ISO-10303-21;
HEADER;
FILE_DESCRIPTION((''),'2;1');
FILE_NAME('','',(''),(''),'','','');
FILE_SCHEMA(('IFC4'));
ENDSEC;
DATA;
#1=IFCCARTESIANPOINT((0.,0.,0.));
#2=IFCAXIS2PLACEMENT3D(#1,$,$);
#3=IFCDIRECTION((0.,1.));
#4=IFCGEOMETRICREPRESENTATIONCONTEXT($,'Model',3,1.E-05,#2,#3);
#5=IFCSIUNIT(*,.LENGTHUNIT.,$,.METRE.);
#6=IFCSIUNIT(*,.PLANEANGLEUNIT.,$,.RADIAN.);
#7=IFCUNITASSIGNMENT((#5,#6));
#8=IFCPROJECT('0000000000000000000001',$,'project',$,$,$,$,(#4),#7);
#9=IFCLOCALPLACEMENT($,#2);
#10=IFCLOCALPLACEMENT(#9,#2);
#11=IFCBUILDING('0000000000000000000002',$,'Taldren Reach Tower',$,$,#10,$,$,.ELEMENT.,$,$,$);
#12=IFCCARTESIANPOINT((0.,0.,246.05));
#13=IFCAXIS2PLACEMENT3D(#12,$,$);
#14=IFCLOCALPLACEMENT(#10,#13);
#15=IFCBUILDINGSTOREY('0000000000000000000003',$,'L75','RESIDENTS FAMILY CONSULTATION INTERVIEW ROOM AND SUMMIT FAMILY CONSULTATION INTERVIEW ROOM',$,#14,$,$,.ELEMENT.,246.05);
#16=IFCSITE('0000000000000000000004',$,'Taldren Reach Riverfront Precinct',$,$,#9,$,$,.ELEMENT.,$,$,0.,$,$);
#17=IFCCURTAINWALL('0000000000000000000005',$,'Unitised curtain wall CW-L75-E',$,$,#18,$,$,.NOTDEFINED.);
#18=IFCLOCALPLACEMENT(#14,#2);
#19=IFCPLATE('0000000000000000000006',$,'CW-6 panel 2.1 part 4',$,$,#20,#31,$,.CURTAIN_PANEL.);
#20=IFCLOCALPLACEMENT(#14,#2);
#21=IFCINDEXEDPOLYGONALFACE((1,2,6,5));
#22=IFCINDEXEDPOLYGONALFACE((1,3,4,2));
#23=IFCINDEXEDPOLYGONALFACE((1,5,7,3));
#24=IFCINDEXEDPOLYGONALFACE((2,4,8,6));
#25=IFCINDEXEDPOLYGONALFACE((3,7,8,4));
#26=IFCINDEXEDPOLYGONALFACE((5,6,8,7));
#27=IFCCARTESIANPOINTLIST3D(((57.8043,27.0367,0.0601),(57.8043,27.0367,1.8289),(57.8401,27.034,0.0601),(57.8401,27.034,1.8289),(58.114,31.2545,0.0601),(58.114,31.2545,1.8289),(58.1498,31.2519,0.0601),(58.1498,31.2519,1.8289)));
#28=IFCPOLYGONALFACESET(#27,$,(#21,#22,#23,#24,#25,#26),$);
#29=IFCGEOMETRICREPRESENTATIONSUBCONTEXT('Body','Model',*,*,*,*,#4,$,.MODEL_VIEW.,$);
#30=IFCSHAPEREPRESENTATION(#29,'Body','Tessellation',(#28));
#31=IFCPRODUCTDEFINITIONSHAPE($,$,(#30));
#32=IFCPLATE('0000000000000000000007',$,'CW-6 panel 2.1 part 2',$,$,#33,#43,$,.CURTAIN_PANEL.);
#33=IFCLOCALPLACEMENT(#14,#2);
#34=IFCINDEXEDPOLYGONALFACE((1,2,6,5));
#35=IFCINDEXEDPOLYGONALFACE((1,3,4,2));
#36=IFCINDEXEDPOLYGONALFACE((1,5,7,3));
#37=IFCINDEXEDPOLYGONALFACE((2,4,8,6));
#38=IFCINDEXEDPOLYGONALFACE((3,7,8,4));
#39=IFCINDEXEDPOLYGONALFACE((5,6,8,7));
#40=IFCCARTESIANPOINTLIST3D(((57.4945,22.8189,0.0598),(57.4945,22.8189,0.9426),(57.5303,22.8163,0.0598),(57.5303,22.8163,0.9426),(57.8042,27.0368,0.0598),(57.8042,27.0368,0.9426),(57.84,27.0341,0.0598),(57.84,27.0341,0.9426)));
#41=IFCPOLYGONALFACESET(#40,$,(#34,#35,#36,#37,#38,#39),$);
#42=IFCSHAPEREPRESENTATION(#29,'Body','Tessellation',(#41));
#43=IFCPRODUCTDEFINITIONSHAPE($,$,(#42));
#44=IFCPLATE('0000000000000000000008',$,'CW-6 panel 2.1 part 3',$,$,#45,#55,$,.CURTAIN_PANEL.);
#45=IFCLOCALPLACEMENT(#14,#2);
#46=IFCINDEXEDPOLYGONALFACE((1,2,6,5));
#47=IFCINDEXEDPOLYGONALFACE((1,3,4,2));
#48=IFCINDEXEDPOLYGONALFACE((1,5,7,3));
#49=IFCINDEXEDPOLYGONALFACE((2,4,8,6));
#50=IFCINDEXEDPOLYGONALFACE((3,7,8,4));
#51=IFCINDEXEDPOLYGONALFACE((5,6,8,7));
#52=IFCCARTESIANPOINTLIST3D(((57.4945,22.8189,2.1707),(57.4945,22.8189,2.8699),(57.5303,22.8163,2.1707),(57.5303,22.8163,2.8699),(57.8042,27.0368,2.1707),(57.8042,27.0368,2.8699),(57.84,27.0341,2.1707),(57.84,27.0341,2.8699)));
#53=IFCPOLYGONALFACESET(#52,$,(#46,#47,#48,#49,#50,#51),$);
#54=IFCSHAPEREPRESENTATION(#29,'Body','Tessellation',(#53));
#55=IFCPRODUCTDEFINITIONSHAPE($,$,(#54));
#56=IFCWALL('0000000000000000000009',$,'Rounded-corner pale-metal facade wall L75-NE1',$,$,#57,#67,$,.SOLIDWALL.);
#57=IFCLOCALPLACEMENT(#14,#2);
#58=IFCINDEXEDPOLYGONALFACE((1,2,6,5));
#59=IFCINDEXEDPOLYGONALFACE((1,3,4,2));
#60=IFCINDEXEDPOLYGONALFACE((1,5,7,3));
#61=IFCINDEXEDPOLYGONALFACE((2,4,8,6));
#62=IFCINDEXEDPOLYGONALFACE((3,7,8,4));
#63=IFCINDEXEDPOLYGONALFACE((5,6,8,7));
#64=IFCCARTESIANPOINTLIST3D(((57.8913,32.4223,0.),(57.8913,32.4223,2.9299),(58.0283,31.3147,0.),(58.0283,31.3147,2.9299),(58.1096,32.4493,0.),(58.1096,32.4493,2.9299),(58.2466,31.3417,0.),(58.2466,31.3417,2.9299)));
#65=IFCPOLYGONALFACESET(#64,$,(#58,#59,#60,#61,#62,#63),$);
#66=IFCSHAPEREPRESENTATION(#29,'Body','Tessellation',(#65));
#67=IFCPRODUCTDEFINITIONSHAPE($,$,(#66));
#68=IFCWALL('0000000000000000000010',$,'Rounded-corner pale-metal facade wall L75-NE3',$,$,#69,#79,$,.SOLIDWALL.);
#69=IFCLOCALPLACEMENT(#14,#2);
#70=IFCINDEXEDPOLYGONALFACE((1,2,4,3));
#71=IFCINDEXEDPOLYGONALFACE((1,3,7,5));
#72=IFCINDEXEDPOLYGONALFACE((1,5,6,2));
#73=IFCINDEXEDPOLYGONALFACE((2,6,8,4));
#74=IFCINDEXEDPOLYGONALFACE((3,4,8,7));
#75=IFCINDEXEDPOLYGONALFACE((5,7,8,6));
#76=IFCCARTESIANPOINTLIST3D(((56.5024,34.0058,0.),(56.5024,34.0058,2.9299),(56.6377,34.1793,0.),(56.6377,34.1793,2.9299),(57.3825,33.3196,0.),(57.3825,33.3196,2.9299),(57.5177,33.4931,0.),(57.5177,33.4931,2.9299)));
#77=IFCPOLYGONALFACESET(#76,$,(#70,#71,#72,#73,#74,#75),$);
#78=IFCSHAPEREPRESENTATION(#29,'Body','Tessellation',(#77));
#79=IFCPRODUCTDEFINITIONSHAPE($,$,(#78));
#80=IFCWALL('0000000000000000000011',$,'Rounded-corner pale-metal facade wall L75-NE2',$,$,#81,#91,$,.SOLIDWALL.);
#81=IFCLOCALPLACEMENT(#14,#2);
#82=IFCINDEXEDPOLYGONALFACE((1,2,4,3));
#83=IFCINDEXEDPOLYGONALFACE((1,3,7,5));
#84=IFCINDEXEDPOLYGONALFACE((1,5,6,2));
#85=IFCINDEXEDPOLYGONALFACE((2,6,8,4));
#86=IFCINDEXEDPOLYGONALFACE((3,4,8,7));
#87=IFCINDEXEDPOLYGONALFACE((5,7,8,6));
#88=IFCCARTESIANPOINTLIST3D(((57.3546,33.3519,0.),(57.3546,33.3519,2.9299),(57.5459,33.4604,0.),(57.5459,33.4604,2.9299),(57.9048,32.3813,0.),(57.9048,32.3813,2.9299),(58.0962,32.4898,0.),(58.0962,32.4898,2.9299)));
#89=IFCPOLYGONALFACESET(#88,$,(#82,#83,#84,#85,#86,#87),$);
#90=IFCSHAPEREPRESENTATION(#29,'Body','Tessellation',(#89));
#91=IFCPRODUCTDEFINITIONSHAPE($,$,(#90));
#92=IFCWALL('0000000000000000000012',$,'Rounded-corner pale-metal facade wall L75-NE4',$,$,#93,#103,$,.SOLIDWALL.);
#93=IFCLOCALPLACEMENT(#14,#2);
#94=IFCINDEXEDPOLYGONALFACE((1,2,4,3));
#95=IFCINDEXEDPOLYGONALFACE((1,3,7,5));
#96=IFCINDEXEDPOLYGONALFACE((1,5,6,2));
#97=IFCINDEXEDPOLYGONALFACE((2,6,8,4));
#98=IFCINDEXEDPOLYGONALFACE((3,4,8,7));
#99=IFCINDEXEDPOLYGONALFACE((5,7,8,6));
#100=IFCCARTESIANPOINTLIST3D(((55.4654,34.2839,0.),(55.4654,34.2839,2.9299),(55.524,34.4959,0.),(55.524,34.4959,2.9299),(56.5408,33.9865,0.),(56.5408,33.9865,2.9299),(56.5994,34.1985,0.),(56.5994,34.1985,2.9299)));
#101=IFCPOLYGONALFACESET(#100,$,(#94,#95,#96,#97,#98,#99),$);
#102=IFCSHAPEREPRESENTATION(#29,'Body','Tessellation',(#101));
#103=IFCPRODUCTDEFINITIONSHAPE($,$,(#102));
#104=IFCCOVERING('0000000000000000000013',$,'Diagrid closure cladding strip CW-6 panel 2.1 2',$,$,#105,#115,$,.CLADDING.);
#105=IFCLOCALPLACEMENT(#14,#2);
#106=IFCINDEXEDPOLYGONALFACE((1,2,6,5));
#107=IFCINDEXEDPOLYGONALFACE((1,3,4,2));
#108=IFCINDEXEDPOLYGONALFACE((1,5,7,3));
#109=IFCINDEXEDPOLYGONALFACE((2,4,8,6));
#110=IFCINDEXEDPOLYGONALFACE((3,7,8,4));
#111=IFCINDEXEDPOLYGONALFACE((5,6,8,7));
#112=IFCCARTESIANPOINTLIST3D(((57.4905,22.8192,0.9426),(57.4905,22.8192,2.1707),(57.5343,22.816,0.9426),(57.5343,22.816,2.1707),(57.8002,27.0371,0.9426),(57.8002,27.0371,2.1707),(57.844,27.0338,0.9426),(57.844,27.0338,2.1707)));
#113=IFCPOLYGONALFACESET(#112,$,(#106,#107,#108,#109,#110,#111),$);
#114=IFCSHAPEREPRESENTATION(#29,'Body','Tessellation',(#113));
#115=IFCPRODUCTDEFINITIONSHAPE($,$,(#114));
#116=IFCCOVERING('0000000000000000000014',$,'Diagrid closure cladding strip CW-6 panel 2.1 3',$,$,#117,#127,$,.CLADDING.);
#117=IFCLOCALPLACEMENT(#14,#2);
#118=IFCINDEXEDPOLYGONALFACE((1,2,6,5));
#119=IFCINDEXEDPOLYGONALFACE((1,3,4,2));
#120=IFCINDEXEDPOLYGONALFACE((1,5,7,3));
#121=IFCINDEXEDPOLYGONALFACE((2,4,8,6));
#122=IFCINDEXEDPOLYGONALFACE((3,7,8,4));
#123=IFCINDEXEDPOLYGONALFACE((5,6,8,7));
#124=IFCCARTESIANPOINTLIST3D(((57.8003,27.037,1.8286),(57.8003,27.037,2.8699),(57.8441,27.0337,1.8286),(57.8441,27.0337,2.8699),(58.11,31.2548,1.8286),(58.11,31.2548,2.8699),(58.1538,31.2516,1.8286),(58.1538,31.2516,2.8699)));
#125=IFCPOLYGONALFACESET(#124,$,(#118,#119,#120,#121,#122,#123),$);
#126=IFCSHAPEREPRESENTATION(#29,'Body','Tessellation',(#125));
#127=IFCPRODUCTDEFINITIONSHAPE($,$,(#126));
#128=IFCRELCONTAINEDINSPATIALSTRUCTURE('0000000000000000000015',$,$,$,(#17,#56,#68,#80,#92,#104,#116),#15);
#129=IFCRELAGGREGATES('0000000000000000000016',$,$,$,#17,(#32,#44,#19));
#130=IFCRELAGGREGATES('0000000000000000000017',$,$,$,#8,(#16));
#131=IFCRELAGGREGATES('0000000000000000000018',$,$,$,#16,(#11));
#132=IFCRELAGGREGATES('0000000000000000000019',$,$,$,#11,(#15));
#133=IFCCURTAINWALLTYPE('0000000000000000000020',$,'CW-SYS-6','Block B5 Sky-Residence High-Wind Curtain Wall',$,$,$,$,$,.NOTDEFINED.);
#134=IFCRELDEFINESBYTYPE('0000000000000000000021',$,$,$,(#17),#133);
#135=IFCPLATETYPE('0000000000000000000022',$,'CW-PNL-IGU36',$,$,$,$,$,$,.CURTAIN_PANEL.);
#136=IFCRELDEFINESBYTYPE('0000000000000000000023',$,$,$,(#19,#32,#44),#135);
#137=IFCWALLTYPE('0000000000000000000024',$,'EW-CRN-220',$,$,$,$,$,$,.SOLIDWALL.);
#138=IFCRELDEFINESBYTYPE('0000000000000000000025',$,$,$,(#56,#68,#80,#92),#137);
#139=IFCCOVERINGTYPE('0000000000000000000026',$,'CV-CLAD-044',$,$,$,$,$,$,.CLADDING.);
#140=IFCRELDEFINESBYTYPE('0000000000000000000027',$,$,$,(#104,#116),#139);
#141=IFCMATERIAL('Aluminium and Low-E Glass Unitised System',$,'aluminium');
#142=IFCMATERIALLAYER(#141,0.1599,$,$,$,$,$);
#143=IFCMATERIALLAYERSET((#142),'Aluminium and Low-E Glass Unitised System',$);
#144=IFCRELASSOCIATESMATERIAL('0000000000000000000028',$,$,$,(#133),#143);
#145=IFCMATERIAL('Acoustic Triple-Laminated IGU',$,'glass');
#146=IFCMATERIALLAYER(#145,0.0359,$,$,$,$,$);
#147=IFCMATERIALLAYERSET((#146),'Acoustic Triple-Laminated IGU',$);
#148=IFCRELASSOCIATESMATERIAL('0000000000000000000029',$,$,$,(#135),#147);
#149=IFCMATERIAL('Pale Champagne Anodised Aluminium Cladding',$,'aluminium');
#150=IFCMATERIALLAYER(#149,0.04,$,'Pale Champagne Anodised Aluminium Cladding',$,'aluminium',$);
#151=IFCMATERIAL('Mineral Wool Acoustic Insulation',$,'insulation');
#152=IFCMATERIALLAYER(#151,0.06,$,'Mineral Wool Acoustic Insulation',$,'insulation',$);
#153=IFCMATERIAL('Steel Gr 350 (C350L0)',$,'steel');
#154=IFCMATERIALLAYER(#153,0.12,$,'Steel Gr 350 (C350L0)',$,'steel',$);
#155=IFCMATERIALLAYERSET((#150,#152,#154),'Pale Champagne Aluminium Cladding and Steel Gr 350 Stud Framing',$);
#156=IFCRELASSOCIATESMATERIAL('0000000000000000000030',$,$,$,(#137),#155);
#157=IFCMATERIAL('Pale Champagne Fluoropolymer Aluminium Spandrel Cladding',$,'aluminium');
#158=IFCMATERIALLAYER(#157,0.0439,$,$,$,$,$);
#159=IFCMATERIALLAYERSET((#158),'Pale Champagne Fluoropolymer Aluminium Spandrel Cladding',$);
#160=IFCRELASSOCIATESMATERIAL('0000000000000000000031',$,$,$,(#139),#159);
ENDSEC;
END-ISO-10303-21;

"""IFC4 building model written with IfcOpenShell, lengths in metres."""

from ifc_helpers import new_model, si_unit, direction, frame, frame_2d, origin, origin_2d, place, context, subcontext, project, spatial, rectangle, extrude, source, transform, mapped, material, layer, layer_set, type_object, element, aggregate, save


model = new_model("IFC4")

# Units and contexts
model_context = context("Model", 3, precision=1e-05, world=origin(), true_north=direction((0.0, 1.0)))
body_context = subcontext(model_context, "Body", "Model", "MODEL_VIEW")
ifc_project = project(units=[si_unit("LENGTHUNIT", "METRE"), si_unit("PLANEANGLEUNIT", "RADIAN")], contexts=[model_context])

# Site, building, storey
site_placement = place(None, origin())
site = spatial("IfcSite", under=ifc_project, at=site_placement, Name="Taldren Reach Riverfront Precinct", CompositionType="ELEMENT", RefElevation=0.0)
building_placement = place(site_placement, origin())
building = spatial("IfcBuilding", under=site, at=building_placement, Name="Taldren Reach Tower", CompositionType="ELEMENT")
storey_placement = place(building_placement, frame((0.0, 0.0, 246.05)))
storey = spatial("IfcBuildingStorey", under=building, at=storey_placement, Name="L75", Description="RESIDENTS FAMILY CONSULTATION INTERVIEW ROOM AND SUMMIT FAMILY CONSULTATION INTERVIEW ROOM", CompositionType="ELEMENT", Elevation=246.05)

# Shared definitions
ifc_material_1 = material(Name="Steel Gr 350 (C350L0)", Category="steel")

# Shared definitions
ifc_material_2 = material(Name="Aluminium and Low-E Glass Unitised System", Category="aluminium")
ifc_layer_1 = layer(ifc_material_2, 0.1599)
ifc_layer_set_1 = layer_set([ifc_layer_1], Name="Aluminium and Low-E Glass Unitised System")
curtain_wall_type = type_object("IfcCurtainWallType", Name="CW-SYS-6", Description="Block B5 Sky-Residence High-Wind Curtain Wall", PredefinedType="NOTDEFINED", material=ifc_layer_set_1)

# Curtain wall
curtain_wall_1_placement = place(storey_placement, origin())
curtain_wall_1 = element("IfcCurtainWall", 1, at=curtain_wall_1_placement, inside=storey, type_object=curtain_wall_type, Name="Unitised curtain wall CW-L75-E", PredefinedType="NOTDEFINED")

# Plates
ifc_material_3 = material(Name="Acoustic Triple-Laminated IGU", Category="glass")
ifc_layer_2 = layer(ifc_material_3, 0.0359)
ifc_layer_set_2 = layer_set([ifc_layer_2], Name="Acoustic Triple-Laminated IGU")
plate_type_1 = type_object("IfcPlateType", Name="CW-PNL-IGU36", PredefinedType="CURTAIN_PANEL", material=ifc_layer_set_2)
shared_shape_1 = source(origin(), body_context, "Body", "SweptSolid", [
    extrude(rectangle(XDim=4.2292, YDim=0.0359, at=origin_2d()), origin(), (0.0, 0.0, 1.0), 1.7688),
])
plate_1_placement = place(storey_placement, frame((57.9771, 29.1443, 0.0601), z_axis=(0.0, 0.0, 1.0), x_axis=(0.073238, 0.997314, 0.0)))
plate_1 = element("IfcPlate", 2, at=plate_1_placement, type_object=plate_type_1, Name="CW-6 panel 2.1 part 4", PredefinedType="CURTAIN_PANEL", context=body_context, shape_type="MappedRepresentation", body=[
    mapped(shared_shape_1, transform((0.0, 0.0, 0.0), scale=1.0)),
])
shared_shape_2 = source(origin(), body_context, "Body", "SweptSolid", [
    extrude(rectangle(XDim=4.2292, YDim=0.0359, at=origin_2d()), origin(), (0.0, 0.0, 1.0), 0.8828),
])
plate_2_placement = place(storey_placement, frame((57.6672, 24.9265, 0.0598), z_axis=(0.0, 0.0, 1.0), x_axis=(0.073238, 0.997314, 0.0)))
plate_2 = element("IfcPlate", 3, at=plate_2_placement, type_object=plate_type_1, Name="CW-6 panel 2.1 part 2", PredefinedType="CURTAIN_PANEL", context=body_context, shape_type="MappedRepresentation", body=[
    mapped(shared_shape_2, transform((0.0, 0.0, 0.0), scale=1.0)),
])
shared_shape_3 = source(origin(), body_context, "Body", "SweptSolid", [
    extrude(rectangle(XDim=4.2292, YDim=0.0359, at=origin_2d()), origin(), (0.0, 0.0, 1.0), 0.6992),
])
plate_3_placement = place(storey_placement, frame((57.6672, 24.9265, 2.1707), z_axis=(0.0, 0.0, 1.0), x_axis=(0.073238, 0.997314, 0.0)))
plate_3 = element("IfcPlate", 4, at=plate_3_placement, type_object=plate_type_1, Name="CW-6 panel 2.1 part 3", PredefinedType="CURTAIN_PANEL", context=body_context, shape_type="MappedRepresentation", body=[
    mapped(shared_shape_3, transform((0.0, 0.0, 0.0), scale=1.0)),
])
aggregate(curtain_wall_1, [plate_2, plate_3, plate_1])

# Walls
ifc_material_4 = material(Name="Pale Champagne Anodised Aluminium Cladding", Category="aluminium")
ifc_layer_3 = layer(ifc_material_4, 0.04, Name="Pale Champagne Anodised Aluminium Cladding", Category="aluminium")
ifc_material_5 = material(Name="Mineral Wool Acoustic Insulation", Category="insulation")
ifc_layer_4 = layer(ifc_material_5, 0.06, Name="Mineral Wool Acoustic Insulation", Category="insulation")
ifc_layer_5 = layer(ifc_material_1, 0.12, Name="Steel Gr 350 (C350L0)", Category="steel")
ifc_layer_set_3 = layer_set([ifc_layer_3, ifc_layer_4, ifc_layer_5], Name="Pale Champagne Aluminium Cladding and Steel Gr 350 Stud Framing")
wall_type = type_object("IfcWallType", Name="EW-CRN-220", PredefinedType="SOLIDWALL", material=ifc_layer_set_3)
shared_shape_4 = source(origin(), body_context, "Body", "SweptSolid", [
    extrude(rectangle(XDim=1.116, YDim=0.22, at=frame_2d((0.5581, 0.0))), origin(), (0.0, 0.0, 1.0), 2.9299),
])
for number, where, z_axis, x_axis, name in (
    (5, (58.1375, 31.3281, 0.0), (0.0, 0.0, 1.0), (-0.122742, 0.992439, 0.0), "Rounded-corner pale-metal facade wall L75-NE1"),
    (6, (57.4502, 33.4062, 0.0), (0.0, 0.0, 1.0), (-0.788598, 0.614909, 0.0), "Rounded-corner pale-metal facade wall L75-NE3"),
):
    element("IfcWall", number, at=place(storey_placement, frame(where, z_axis=z_axis, x_axis=x_axis)), inside=storey, type_object=wall_type, Name=name, PredefinedType="SOLIDWALL", context=body_context, shape_type="MappedRepresentation", body=[
        mapped(shared_shape_4, transform((0.0, 0.0, 0.0), scale=1.0)),
    ])
shared_shape_5 = source(origin(), body_context, "Body", "SweptSolid", [
    extrude(rectangle(XDim=1.1157, YDim=0.22, at=frame_2d((0.5579, 0.0))), origin(), (0.0, 0.0, 1.0), 2.9299),
])
for number, where, z_axis, x_axis, name in (
    (7, (58.0005, 32.4355, 0.0), (0.0, 0.0, 1.0), (-0.493167, 0.869935, 0.0), "Rounded-corner pale-metal facade wall L75-NE2"),
    (8, (56.5701, 34.0925, 0.0), (0.0, 0.0, 1.0), (-0.963834, 0.266504, 0.0), "Rounded-corner pale-metal facade wall L75-NE4"),
):
    element("IfcWall", number, at=place(storey_placement, frame(where, z_axis=z_axis, x_axis=x_axis)), inside=storey, type_object=wall_type, Name=name, PredefinedType="SOLIDWALL", context=body_context, shape_type="MappedRepresentation", body=[
        mapped(shared_shape_5, transform((0.0, 0.0, 0.0), scale=1.0)),
    ])

# Coverings
ifc_material_6 = material(Name="Pale Champagne Fluoropolymer Aluminium Spandrel Cladding", Category="aluminium")
ifc_layer_6 = layer(ifc_material_6, 0.0439)
ifc_layer_set_4 = layer_set([ifc_layer_6], Name="Pale Champagne Fluoropolymer Aluminium Spandrel Cladding")
covering_type = type_object("IfcCoveringType", Name="CV-CLAD-044", PredefinedType="CLADDING", material=ifc_layer_set_4)
shared_shape_6 = source(origin(), body_context, "Body", "SweptSolid", [
    extrude(rectangle(XDim=4.2292, YDim=0.0439, at=origin_2d()), origin(), (0.0, 0.0, 1.0), 1.228),
])
covering_1_placement = place(storey_placement, frame((57.6672, 24.9265, 0.9426), z_axis=(0.0, 0.0, 1.0), x_axis=(0.073238, 0.997314, 0.0)))
element("IfcCovering", 9, at=covering_1_placement, inside=storey, type_object=covering_type, Name="Diagrid closure cladding strip CW-6 panel 2.1 2", PredefinedType="CLADDING", context=body_context, shape_type="MappedRepresentation", body=[
    mapped(shared_shape_6, transform((0.0, 0.0, 0.0), scale=1.0)),
])
shared_shape_7 = source(origin(), body_context, "Body", "SweptSolid", [
    extrude(rectangle(XDim=4.2292, YDim=0.0439, at=origin_2d()), origin(), (0.0, 0.0, 1.0), 1.0413),
])
covering_2_placement = place(storey_placement, frame((57.9771, 29.1443, 1.8286), z_axis=(0.0, 0.0, 1.0), x_axis=(0.073238, 0.997314, 0.0)))
element("IfcCovering", 10, at=covering_2_placement, inside=storey, type_object=covering_type, Name="Diagrid closure cladding strip CW-6 panel 2.1 3", PredefinedType="CLADDING", context=body_context, shape_type="MappedRepresentation", body=[
    mapped(shared_shape_7, transform((0.0, 0.0, 0.0), scale=1.0)),
])

save(model, "model.ifc")
